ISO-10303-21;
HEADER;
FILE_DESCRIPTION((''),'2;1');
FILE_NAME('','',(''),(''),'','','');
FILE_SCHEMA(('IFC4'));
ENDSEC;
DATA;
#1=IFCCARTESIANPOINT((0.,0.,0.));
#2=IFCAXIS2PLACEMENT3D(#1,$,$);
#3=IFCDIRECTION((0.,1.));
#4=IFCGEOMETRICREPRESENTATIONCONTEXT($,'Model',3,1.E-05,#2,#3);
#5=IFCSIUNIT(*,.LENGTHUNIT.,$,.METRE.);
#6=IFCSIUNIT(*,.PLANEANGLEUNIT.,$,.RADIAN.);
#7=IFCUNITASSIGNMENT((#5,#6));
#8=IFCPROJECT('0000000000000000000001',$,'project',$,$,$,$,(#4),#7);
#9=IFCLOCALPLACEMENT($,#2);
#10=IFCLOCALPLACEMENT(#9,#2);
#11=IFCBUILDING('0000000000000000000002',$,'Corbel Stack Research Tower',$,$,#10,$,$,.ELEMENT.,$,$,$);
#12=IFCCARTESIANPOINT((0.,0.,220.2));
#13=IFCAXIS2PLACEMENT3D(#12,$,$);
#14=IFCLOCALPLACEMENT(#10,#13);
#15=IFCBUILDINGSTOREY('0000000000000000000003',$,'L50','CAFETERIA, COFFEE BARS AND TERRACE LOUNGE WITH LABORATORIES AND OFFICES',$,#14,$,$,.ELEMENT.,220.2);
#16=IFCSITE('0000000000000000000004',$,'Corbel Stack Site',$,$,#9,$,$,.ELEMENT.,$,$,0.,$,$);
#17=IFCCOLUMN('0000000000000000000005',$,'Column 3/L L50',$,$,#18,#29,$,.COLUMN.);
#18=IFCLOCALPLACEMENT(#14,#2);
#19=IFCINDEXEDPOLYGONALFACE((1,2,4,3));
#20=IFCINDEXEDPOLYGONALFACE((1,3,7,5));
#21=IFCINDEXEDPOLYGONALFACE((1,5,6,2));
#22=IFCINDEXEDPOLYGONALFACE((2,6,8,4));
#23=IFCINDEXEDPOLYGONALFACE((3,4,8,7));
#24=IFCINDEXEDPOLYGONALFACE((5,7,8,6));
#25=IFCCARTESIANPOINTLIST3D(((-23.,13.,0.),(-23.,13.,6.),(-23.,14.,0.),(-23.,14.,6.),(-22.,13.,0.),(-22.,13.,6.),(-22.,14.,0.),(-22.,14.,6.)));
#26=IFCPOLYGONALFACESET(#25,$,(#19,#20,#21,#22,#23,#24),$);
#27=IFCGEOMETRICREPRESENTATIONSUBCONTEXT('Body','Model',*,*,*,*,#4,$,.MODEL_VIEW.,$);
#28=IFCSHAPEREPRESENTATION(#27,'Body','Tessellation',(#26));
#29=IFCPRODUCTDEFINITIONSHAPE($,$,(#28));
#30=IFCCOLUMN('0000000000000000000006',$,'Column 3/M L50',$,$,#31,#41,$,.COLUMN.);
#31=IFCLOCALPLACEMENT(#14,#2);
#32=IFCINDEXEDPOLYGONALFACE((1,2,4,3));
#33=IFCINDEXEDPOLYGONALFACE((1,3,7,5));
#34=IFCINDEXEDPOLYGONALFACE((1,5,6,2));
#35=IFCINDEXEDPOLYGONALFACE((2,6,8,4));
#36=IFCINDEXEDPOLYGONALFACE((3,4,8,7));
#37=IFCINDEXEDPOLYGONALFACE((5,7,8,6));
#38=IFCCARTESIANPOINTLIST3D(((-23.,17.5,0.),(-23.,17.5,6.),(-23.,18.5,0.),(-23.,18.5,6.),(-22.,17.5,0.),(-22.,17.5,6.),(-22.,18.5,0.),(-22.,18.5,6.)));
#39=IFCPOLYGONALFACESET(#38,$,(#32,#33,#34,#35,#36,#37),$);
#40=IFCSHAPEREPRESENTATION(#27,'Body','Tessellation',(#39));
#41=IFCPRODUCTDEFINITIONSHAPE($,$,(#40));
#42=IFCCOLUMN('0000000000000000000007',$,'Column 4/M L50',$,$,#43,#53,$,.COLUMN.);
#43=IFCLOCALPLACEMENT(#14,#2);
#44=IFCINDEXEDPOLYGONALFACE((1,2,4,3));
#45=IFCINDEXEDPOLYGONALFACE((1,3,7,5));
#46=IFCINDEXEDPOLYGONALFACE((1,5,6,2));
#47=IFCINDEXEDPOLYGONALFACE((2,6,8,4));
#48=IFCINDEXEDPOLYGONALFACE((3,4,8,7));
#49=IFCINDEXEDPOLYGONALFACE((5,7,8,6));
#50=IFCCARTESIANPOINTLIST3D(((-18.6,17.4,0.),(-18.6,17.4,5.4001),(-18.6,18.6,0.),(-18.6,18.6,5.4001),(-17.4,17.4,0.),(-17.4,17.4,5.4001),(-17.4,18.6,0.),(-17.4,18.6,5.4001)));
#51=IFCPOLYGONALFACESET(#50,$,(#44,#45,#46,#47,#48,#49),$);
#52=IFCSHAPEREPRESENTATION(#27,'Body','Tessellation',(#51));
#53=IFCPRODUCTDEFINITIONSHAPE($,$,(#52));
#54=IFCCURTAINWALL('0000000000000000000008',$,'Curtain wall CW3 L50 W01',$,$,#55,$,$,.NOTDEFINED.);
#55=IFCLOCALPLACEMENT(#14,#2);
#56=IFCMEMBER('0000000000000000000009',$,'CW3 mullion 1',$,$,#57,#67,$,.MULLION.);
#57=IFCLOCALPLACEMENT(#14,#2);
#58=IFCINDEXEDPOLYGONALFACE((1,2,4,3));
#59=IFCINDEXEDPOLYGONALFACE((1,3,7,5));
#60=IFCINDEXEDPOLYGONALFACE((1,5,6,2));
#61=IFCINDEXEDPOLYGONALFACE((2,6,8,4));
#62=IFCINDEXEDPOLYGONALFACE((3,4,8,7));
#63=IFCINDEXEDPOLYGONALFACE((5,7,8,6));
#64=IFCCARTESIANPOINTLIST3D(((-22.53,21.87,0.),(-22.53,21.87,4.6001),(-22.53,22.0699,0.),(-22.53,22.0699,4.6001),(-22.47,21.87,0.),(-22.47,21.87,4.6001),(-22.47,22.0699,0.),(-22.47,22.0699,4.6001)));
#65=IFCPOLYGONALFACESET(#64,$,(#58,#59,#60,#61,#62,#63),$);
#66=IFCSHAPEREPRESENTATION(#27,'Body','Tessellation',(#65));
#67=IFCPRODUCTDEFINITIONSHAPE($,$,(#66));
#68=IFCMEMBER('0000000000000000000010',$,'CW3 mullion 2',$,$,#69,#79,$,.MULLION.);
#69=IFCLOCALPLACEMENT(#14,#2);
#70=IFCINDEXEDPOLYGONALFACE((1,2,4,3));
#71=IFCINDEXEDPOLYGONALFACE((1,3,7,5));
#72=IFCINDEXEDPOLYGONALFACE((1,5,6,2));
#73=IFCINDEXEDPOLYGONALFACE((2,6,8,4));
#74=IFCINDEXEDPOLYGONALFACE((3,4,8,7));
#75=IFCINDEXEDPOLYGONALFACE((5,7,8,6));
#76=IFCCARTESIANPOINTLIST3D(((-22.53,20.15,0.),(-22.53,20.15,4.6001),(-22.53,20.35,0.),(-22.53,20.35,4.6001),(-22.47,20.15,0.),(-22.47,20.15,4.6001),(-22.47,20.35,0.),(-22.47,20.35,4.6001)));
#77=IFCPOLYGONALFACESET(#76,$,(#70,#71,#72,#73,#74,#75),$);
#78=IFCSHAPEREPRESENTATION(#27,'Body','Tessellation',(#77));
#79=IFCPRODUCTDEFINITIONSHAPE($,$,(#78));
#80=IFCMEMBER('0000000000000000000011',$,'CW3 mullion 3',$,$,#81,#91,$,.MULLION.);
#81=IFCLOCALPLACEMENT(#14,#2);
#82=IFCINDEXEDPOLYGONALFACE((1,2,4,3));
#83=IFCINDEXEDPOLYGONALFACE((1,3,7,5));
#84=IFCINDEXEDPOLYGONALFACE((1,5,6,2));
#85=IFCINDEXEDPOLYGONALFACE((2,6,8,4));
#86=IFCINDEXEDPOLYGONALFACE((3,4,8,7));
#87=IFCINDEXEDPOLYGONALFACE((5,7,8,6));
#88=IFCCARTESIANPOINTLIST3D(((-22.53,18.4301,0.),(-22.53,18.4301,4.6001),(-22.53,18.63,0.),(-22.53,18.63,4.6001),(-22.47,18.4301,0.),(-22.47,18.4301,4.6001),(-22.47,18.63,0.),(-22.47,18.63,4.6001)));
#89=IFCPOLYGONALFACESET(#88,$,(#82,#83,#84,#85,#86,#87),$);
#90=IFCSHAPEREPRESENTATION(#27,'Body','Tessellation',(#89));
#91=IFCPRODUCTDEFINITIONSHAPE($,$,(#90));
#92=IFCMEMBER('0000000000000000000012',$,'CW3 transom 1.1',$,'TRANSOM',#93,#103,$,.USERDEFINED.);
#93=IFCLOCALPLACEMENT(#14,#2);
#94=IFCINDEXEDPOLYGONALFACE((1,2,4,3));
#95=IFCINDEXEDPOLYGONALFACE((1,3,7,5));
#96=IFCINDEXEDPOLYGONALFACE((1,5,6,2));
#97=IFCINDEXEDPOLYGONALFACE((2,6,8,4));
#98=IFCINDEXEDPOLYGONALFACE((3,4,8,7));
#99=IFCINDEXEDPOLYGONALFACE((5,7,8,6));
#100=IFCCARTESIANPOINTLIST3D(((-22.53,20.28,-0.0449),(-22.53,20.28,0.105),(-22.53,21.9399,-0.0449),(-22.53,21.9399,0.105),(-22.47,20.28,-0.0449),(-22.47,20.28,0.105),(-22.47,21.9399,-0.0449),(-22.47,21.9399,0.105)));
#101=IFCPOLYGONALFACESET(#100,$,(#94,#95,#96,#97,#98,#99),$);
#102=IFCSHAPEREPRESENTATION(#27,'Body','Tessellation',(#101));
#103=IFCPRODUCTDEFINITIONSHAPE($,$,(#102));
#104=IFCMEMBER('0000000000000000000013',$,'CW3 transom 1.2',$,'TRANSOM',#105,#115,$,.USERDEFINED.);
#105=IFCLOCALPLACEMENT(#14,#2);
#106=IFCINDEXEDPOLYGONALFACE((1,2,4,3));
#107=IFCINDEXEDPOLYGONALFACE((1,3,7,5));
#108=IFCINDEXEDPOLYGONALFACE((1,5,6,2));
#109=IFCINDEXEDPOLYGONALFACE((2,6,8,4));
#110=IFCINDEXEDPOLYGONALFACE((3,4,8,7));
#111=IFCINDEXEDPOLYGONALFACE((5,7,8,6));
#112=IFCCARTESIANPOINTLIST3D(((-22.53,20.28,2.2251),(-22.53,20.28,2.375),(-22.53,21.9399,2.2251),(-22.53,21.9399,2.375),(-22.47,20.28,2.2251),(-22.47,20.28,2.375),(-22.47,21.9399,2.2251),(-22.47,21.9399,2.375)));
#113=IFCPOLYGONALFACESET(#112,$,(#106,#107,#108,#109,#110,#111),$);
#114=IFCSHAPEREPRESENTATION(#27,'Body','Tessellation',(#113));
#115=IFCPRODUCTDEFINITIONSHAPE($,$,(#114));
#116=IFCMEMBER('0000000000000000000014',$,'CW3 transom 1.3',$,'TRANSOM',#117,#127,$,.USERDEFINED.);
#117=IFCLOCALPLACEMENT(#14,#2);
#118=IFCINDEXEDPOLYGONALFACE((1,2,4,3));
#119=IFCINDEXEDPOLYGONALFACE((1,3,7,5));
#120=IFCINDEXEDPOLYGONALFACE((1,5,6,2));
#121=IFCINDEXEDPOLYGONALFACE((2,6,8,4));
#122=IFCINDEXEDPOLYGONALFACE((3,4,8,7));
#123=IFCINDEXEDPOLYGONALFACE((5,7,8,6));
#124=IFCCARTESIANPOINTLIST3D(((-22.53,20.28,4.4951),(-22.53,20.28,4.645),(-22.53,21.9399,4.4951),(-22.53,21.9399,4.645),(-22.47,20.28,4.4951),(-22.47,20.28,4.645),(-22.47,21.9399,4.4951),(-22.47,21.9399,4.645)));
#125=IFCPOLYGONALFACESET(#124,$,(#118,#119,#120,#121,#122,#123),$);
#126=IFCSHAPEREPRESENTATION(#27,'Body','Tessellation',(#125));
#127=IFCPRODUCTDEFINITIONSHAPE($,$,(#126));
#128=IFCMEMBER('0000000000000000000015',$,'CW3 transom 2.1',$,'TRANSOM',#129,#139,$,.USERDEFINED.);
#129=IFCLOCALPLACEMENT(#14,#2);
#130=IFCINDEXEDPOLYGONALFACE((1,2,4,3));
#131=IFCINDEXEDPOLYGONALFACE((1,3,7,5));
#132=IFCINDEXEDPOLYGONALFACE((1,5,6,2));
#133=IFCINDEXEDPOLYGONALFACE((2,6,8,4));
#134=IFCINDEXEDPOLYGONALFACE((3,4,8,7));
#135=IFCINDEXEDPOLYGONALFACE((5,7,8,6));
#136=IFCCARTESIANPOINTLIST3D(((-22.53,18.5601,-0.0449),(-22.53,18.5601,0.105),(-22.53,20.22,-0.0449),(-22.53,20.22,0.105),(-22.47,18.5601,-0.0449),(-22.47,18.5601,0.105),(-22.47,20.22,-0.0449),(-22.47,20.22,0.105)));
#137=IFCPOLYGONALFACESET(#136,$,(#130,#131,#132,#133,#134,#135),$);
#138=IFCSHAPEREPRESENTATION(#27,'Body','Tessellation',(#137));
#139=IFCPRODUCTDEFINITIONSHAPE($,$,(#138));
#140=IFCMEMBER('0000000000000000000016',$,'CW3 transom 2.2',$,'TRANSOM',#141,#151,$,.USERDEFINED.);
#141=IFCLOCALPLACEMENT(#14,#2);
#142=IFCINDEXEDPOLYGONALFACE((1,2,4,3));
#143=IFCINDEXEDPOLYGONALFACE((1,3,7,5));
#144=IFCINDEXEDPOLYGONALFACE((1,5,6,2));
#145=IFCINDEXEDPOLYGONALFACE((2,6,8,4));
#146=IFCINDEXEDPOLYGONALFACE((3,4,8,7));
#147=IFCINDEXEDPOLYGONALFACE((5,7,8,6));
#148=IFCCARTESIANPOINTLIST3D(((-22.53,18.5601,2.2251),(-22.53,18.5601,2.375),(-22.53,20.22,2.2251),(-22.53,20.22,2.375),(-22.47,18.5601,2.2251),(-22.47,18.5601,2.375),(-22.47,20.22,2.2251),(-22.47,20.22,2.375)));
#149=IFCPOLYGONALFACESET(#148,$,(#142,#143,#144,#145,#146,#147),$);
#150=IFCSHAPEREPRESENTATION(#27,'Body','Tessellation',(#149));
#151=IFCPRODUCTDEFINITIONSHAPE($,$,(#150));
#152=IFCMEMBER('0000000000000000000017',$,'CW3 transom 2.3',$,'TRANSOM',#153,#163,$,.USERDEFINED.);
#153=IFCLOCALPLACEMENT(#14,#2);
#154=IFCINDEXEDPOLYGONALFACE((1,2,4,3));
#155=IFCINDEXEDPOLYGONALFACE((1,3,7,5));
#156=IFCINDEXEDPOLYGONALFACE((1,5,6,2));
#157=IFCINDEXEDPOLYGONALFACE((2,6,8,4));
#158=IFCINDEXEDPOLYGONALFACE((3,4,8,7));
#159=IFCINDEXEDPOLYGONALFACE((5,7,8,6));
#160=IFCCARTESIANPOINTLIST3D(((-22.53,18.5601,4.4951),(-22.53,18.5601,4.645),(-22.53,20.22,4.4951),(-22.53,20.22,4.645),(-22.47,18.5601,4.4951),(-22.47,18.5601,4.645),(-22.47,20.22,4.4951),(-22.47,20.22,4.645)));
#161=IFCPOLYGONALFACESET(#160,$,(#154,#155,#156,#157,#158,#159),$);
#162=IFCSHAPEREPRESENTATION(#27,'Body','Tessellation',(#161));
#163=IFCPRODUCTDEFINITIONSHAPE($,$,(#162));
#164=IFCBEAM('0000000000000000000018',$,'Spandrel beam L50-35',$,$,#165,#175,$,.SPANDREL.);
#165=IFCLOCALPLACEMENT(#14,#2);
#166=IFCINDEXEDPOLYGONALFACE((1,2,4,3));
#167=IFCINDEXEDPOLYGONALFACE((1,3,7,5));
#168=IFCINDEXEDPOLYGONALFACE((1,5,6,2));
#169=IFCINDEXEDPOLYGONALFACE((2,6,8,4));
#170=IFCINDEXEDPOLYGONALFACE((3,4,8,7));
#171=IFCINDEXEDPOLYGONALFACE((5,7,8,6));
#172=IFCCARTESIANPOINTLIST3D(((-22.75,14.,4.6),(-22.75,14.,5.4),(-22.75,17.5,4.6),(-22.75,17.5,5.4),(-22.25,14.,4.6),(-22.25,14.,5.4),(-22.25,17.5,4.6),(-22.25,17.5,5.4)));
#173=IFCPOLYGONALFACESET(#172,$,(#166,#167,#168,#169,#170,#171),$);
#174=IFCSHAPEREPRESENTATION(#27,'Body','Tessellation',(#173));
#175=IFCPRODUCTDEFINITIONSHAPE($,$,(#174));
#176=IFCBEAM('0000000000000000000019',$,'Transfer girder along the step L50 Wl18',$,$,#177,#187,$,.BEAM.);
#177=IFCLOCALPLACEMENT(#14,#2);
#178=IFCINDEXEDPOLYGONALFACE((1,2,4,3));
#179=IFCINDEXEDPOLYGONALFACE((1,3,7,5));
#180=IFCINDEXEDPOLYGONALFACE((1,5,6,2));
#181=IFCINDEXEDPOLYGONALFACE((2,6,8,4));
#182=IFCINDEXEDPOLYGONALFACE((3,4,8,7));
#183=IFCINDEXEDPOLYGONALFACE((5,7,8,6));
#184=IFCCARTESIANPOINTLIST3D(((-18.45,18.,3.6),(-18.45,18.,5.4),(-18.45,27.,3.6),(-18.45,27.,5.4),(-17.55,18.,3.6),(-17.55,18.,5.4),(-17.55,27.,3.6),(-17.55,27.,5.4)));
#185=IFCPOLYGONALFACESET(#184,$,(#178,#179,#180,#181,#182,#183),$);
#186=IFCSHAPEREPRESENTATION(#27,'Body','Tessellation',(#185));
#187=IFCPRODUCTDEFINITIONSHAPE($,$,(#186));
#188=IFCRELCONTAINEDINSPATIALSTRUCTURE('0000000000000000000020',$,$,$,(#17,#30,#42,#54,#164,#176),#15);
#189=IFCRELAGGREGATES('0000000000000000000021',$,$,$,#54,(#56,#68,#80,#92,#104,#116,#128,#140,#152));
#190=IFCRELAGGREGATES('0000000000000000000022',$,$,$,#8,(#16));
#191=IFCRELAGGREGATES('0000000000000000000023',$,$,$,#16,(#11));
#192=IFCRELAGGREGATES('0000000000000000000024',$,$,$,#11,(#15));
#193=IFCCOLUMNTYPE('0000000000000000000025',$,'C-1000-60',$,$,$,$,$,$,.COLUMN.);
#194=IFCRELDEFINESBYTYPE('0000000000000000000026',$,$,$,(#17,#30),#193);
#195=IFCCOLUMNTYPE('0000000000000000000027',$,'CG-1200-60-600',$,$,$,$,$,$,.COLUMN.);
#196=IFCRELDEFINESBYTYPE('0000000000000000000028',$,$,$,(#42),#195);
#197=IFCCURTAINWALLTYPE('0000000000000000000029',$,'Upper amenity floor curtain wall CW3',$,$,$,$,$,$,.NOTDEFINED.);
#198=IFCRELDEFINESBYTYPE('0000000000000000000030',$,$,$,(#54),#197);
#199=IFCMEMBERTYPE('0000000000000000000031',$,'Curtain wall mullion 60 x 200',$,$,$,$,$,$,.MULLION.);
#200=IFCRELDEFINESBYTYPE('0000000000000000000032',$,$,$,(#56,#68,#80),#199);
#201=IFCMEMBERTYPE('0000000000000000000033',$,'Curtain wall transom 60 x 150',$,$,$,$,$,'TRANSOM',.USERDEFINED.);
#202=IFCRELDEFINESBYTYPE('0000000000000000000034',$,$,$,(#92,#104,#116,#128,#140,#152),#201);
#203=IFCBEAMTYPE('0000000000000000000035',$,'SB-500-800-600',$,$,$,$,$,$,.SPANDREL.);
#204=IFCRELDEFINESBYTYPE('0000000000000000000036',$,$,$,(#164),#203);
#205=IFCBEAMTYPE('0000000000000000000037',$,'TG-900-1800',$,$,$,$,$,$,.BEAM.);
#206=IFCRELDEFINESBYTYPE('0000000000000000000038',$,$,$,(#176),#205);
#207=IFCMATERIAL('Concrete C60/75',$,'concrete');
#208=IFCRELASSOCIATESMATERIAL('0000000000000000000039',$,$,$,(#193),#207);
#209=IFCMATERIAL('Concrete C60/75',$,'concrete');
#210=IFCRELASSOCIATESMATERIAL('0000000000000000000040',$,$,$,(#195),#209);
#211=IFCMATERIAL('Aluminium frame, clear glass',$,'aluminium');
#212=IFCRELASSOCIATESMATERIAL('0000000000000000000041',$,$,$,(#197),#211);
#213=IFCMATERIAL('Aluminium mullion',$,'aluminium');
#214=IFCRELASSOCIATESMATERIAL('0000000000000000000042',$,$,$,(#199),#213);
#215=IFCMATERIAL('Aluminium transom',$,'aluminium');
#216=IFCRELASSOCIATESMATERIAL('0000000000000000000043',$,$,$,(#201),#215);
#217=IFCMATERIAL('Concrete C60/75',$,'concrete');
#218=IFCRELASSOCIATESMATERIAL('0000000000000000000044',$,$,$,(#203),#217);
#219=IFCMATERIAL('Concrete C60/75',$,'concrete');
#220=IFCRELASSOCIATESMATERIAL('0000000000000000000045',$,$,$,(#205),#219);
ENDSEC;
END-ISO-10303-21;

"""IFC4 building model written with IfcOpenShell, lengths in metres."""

from ifc_helpers import new_model, si_unit, direction, frame, origin, origin_2d, place, context, subcontext, project, spatial, rectangle, extrude, material, material_profile, profile_set, type_object, element, aggregate, save


model = new_model("IFC4")

# Units and contexts
model_context = context("Model", 3, precision=1e-05, world=origin(), true_north=direction((0.0, 1.0)))
body_context = subcontext(model_context, "Body", "Model", "MODEL_VIEW")
ifc_project = project(units=[si_unit("LENGTHUNIT", "METRE"), si_unit("PLANEANGLEUNIT", "RADIAN")], contexts=[model_context])

# Site, building, storey
site_placement = place(None, origin())
site = spatial("IfcSite", under=ifc_project, at=site_placement, Name="Corbel Stack Site", CompositionType="ELEMENT", RefElevation=0.0)
building_placement = place(site_placement, origin())
building = spatial("IfcBuilding", under=site, at=building_placement, Name="Corbel Stack Research Tower", CompositionType="ELEMENT")
storey_placement = place(building_placement, frame((0.0, 0.0, 220.2)))
storey = spatial("IfcBuildingStorey", under=building, at=storey_placement, Name="L50", Description="CAFETERIA, COFFEE BARS AND TERRACE LOUNGE WITH LABORATORIES AND OFFICES", CompositionType="ELEMENT", Elevation=220.2)

# Columns
ifc_material_1 = material(Name="Concrete C60/75", Category="concrete")
ifc_material_profile_1 = material_profile(ifc_material_1, rectangle(XDim=1.0, YDim=1.0, at=origin_2d()), Name="RC 1000 x 1000")
ifc_profile_set_1 = profile_set([ifc_material_profile_1], Name="Concrete C60/75")
column_type_1 = type_object("IfcColumnType", Name="C-1000-60", PredefinedType="COLUMN", material=ifc_profile_set_1)
for number, where, z_axis, x_axis, name in (
    (1, (-22.5, 13.5, 0.0), (0.0, 0.0, 1.0), (1.0, 0.0, 0.0), "Column 3/L L50"),
    (2, (-22.5, 18.0, 0.0), (0.0, 0.0, 1.0), (1.0, 0.0, 0.0), "Column 3/M L50"),
):
    element("IfcColumn", number, at=place(storey_placement, frame(where, z_axis=z_axis, x_axis=x_axis)), inside=storey, type_object=column_type_1, Name=name, PredefinedType="COLUMN", context=body_context, shape_type="SweptSolid", body=[
        extrude(rectangle(XDim=1.0, YDim=1.0, at=origin_2d()), origin(), (0.0, 0.0, 1.0), 6.0),
    ])
ifc_material_2 = material(Name="Concrete C60/75", Category="concrete")
ifc_material_profile_2 = material_profile(ifc_material_2, rectangle(XDim=1.2, YDim=1.2, at=origin_2d()), Name="RC 1200 x 1200")
ifc_profile_set_2 = profile_set([ifc_material_profile_2], Name="Concrete C60/75")
column_type_2 = type_object("IfcColumnType", Name="CG-1200-60-600", PredefinedType="COLUMN", material=ifc_profile_set_2)
column_placement = place(storey_placement, frame((-18.0, 18.0, 0.0), z_axis=(0.0, 0.0, 1.0), x_axis=(1.0, 0.0, 0.0)))
element("IfcColumn", 3, at=column_placement, inside=storey, type_object=column_type_2, Name="Column 4/M L50", PredefinedType="COLUMN", context=body_context, shape_type="SweptSolid", body=[
    extrude(rectangle(XDim=1.2, YDim=1.2, at=origin_2d()), origin(), (0.0, 0.0, 1.0), 5.4001),
])

# Curtain wall, members
ifc_material_3 = material(Name="Aluminium frame, clear glass", Category="aluminium")
curtain_wall_type = type_object("IfcCurtainWallType", Name="Upper amenity floor curtain wall CW3", PredefinedType="NOTDEFINED", material=ifc_material_3)
curtain_wall_placement = place(storey_placement, origin())
curtain_wall = element("IfcCurtainWall", 4, at=curtain_wall_placement, inside=storey, type_object=curtain_wall_type, Name="Curtain wall CW3 L50 W01", PredefinedType="NOTDEFINED")
ifc_material_4 = material(Name="Aluminium mullion", Category="aluminium")
ifc_material_profile_3 = material_profile(ifc_material_4, rectangle(XDim=0.0601, YDim=0.2, at=origin_2d()), Name="Mullion 60 x 200")
ifc_profile_set_3 = profile_set([ifc_material_profile_3], Name="Aluminium mullion")
member_type_1 = type_object("IfcMemberType", Name="Curtain wall mullion 60 x 200", PredefinedType="MULLION", material=ifc_profile_set_3)
member_1_placement = place(storey_placement, frame((-22.5, 21.97, 0.0), z_axis=(0.0, 0.0, 1.0), x_axis=(1.0, 0.0, 0.0)))
member_1 = element("IfcMember", 5, at=member_1_placement, type_object=member_type_1, Name="CW3 mullion 1", PredefinedType="MULLION", context=body_context, shape_type="SweptSolid", body=[
    extrude(rectangle(XDim=0.0601, YDim=0.2, at=origin_2d()), origin(), (0.0, 0.0, 1.0), 4.6001),
])
member_2_placement = place(storey_placement, frame((-22.5, 20.25, 0.0), z_axis=(0.0, 0.0, 1.0), x_axis=(1.0, 0.0, 0.0)))
member_2 = element("IfcMember", 6, at=member_2_placement, type_object=member_type_1, Name="CW3 mullion 2", PredefinedType="MULLION", context=body_context, shape_type="SweptSolid", body=[
    extrude(rectangle(XDim=0.0601, YDim=0.2, at=origin_2d()), origin(), (0.0, 0.0, 1.0), 4.6001),
])
member_3_placement = place(storey_placement, frame((-22.5, 18.53, 0.0), z_axis=(0.0, 0.0, 1.0), x_axis=(1.0, 0.0, 0.0)))
member_3 = element("IfcMember", 7, at=member_3_placement, type_object=member_type_1, Name="CW3 mullion 3", PredefinedType="MULLION", context=body_context, shape_type="SweptSolid", body=[
    extrude(rectangle(XDim=0.0601, YDim=0.2, at=origin_2d()), origin(), (0.0, 0.0, 1.0), 4.6001),
])
ifc_material_5 = material(Name="Aluminium transom", Category="aluminium")
ifc_material_profile_4 = material_profile(ifc_material_5, rectangle(XDim=0.0601, YDim=0.1499, at=origin_2d()), Name="Transom 60 x 150")
ifc_profile_set_4 = profile_set([ifc_material_profile_4], Name="Aluminium transom")
member_type_2 = type_object("IfcMemberType", Name="Curtain wall transom 60 x 150", ElementType="TRANSOM", PredefinedType="USERDEFINED", material=ifc_profile_set_4)
member_4_placement = place(storey_placement, frame((-22.5, 21.9399, 0.03), z_axis=(0.0, -1.0, 0.0), x_axis=(1.0, 0.0, 0.0)))
member_4 = element("IfcMember", 8, at=member_4_placement, type_object=member_type_2, Name="CW3 transom 1.1", ObjectType="TRANSOM", PredefinedType="USERDEFINED", context=body_context, shape_type="SweptSolid", body=[
    extrude(rectangle(XDim=0.0601, YDim=0.1499, at=origin_2d()), origin(), (0.0, 0.0, 1.0), 1.6599),
])
member_5_placement = place(storey_placement, frame((-22.5, 21.9399, 2.3), z_axis=(0.0, -1.0, 0.0), x_axis=(1.0, 0.0, 0.0)))
member_5 = element("IfcMember", 9, at=member_5_placement, type_object=member_type_2, Name="CW3 transom 1.2", ObjectType="TRANSOM", PredefinedType="USERDEFINED", context=body_context, shape_type="SweptSolid", body=[
    extrude(rectangle(XDim=0.0601, YDim=0.1499, at=origin_2d()), origin(), (0.0, 0.0, 1.0), 1.6599),
])
member_6_placement = place(storey_placement, frame((-22.5, 21.9399, 4.5701), z_axis=(0.0, -1.0, 0.0), x_axis=(1.0, 0.0, 0.0)))
member_6 = element("IfcMember", 10, at=member_6_placement, type_object=member_type_2, Name="CW3 transom 1.3", ObjectType="TRANSOM", PredefinedType="USERDEFINED", context=body_context, shape_type="SweptSolid", body=[
    extrude(rectangle(XDim=0.0601, YDim=0.1499, at=origin_2d()), origin(), (0.0, 0.0, 1.0), 1.6599),
])
member_7_placement = place(storey_placement, frame((-22.5, 20.22, 0.03), z_axis=(0.0, -1.0, 0.0), x_axis=(1.0, 0.0, 0.0)))
member_7 = element("IfcMember", 11, at=member_7_placement, type_object=member_type_2, Name="CW3 transom 2.1", ObjectType="TRANSOM", PredefinedType="USERDEFINED", context=body_context, shape_type="SweptSolid", body=[
    extrude(rectangle(XDim=0.0601, YDim=0.1499, at=origin_2d()), origin(), (0.0, 0.0, 1.0), 1.6599),
])
member_8_placement = place(storey_placement, frame((-22.5, 20.22, 2.3), z_axis=(0.0, -1.0, 0.0), x_axis=(1.0, 0.0, 0.0)))
member_8 = element("IfcMember", 12, at=member_8_placement, type_object=member_type_2, Name="CW3 transom 2.2", ObjectType="TRANSOM", PredefinedType="USERDEFINED", context=body_context, shape_type="SweptSolid", body=[
    extrude(rectangle(XDim=0.0601, YDim=0.1499, at=origin_2d()), origin(), (0.0, 0.0, 1.0), 1.6599),
])
member_9_placement = place(storey_placement, frame((-22.5, 20.22, 4.5701), z_axis=(0.0, -1.0, 0.0), x_axis=(1.0, 0.0, 0.0)))
member_9 = element("IfcMember", 13, at=member_9_placement, type_object=member_type_2, Name="CW3 transom 2.3", ObjectType="TRANSOM", PredefinedType="USERDEFINED", context=body_context, shape_type="SweptSolid", body=[
    extrude(rectangle(XDim=0.0601, YDim=0.1499, at=origin_2d()), origin(), (0.0, 0.0, 1.0), 1.6599),
])

# Beams
ifc_material_6 = material(Name="Concrete C60/75", Category="concrete")
ifc_material_profile_5 = material_profile(ifc_material_6, rectangle(XDim=0.5, YDim=0.8, at=origin_2d()), Name="RC 500 x 800")
ifc_profile_set_5 = profile_set([ifc_material_profile_5], Name="Concrete C60/75")
beam_type_1 = type_object("IfcBeamType", Name="SB-500-800-600", PredefinedType="SPANDREL", material=ifc_profile_set_5)
beam_1_placement = place(storey_placement, frame((-22.5, 17.5, 5.0), z_axis=(0.0, -1.0, 0.0), x_axis=(1.0, 0.0, 0.0)))
element("IfcBeam", 14, at=beam_1_placement, inside=storey, type_object=beam_type_1, Name="Spandrel beam L50-35", PredefinedType="SPANDREL", context=body_context, shape_type="SweptSolid", body=[
    extrude(rectangle(XDim=0.5, YDim=0.8, at=origin_2d()), origin(), (0.0, 0.0, 1.0), 3.5),
])
ifc_material_7 = material(Name="Concrete C60/75", Category="concrete")
ifc_material_profile_6 = material_profile(ifc_material_7, rectangle(XDim=0.8999, YDim=1.8, at=origin_2d()), Name="RC 900 x 1800")
ifc_profile_set_6 = profile_set([ifc_material_profile_6], Name="Concrete C60/75")
beam_type_2 = type_object("IfcBeamType", Name="TG-900-1800", PredefinedType="BEAM", material=ifc_profile_set_6)
beam_2_placement = place(storey_placement, frame((-18.0, 18.0, 4.5), z_axis=(0.0, 1.0, 0.0), x_axis=(-1.0, 0.0, 0.0)))
element("IfcBeam", 15, at=beam_2_placement, inside=storey, type_object=beam_type_2, Name="Transfer girder along the step L50 Wl18", PredefinedType="BEAM", context=body_context, shape_type="SweptSolid", body=[
    extrude(rectangle(XDim=0.8999, YDim=1.8, at=origin_2d()), origin(), (0.0, 0.0, 1.0), 9.0),
])

aggregate(curtain_wall, [member_1, member_2, member_3, member_4, member_5, member_6, member_7, member_8, member_9])

save(model, "model.ifc")
